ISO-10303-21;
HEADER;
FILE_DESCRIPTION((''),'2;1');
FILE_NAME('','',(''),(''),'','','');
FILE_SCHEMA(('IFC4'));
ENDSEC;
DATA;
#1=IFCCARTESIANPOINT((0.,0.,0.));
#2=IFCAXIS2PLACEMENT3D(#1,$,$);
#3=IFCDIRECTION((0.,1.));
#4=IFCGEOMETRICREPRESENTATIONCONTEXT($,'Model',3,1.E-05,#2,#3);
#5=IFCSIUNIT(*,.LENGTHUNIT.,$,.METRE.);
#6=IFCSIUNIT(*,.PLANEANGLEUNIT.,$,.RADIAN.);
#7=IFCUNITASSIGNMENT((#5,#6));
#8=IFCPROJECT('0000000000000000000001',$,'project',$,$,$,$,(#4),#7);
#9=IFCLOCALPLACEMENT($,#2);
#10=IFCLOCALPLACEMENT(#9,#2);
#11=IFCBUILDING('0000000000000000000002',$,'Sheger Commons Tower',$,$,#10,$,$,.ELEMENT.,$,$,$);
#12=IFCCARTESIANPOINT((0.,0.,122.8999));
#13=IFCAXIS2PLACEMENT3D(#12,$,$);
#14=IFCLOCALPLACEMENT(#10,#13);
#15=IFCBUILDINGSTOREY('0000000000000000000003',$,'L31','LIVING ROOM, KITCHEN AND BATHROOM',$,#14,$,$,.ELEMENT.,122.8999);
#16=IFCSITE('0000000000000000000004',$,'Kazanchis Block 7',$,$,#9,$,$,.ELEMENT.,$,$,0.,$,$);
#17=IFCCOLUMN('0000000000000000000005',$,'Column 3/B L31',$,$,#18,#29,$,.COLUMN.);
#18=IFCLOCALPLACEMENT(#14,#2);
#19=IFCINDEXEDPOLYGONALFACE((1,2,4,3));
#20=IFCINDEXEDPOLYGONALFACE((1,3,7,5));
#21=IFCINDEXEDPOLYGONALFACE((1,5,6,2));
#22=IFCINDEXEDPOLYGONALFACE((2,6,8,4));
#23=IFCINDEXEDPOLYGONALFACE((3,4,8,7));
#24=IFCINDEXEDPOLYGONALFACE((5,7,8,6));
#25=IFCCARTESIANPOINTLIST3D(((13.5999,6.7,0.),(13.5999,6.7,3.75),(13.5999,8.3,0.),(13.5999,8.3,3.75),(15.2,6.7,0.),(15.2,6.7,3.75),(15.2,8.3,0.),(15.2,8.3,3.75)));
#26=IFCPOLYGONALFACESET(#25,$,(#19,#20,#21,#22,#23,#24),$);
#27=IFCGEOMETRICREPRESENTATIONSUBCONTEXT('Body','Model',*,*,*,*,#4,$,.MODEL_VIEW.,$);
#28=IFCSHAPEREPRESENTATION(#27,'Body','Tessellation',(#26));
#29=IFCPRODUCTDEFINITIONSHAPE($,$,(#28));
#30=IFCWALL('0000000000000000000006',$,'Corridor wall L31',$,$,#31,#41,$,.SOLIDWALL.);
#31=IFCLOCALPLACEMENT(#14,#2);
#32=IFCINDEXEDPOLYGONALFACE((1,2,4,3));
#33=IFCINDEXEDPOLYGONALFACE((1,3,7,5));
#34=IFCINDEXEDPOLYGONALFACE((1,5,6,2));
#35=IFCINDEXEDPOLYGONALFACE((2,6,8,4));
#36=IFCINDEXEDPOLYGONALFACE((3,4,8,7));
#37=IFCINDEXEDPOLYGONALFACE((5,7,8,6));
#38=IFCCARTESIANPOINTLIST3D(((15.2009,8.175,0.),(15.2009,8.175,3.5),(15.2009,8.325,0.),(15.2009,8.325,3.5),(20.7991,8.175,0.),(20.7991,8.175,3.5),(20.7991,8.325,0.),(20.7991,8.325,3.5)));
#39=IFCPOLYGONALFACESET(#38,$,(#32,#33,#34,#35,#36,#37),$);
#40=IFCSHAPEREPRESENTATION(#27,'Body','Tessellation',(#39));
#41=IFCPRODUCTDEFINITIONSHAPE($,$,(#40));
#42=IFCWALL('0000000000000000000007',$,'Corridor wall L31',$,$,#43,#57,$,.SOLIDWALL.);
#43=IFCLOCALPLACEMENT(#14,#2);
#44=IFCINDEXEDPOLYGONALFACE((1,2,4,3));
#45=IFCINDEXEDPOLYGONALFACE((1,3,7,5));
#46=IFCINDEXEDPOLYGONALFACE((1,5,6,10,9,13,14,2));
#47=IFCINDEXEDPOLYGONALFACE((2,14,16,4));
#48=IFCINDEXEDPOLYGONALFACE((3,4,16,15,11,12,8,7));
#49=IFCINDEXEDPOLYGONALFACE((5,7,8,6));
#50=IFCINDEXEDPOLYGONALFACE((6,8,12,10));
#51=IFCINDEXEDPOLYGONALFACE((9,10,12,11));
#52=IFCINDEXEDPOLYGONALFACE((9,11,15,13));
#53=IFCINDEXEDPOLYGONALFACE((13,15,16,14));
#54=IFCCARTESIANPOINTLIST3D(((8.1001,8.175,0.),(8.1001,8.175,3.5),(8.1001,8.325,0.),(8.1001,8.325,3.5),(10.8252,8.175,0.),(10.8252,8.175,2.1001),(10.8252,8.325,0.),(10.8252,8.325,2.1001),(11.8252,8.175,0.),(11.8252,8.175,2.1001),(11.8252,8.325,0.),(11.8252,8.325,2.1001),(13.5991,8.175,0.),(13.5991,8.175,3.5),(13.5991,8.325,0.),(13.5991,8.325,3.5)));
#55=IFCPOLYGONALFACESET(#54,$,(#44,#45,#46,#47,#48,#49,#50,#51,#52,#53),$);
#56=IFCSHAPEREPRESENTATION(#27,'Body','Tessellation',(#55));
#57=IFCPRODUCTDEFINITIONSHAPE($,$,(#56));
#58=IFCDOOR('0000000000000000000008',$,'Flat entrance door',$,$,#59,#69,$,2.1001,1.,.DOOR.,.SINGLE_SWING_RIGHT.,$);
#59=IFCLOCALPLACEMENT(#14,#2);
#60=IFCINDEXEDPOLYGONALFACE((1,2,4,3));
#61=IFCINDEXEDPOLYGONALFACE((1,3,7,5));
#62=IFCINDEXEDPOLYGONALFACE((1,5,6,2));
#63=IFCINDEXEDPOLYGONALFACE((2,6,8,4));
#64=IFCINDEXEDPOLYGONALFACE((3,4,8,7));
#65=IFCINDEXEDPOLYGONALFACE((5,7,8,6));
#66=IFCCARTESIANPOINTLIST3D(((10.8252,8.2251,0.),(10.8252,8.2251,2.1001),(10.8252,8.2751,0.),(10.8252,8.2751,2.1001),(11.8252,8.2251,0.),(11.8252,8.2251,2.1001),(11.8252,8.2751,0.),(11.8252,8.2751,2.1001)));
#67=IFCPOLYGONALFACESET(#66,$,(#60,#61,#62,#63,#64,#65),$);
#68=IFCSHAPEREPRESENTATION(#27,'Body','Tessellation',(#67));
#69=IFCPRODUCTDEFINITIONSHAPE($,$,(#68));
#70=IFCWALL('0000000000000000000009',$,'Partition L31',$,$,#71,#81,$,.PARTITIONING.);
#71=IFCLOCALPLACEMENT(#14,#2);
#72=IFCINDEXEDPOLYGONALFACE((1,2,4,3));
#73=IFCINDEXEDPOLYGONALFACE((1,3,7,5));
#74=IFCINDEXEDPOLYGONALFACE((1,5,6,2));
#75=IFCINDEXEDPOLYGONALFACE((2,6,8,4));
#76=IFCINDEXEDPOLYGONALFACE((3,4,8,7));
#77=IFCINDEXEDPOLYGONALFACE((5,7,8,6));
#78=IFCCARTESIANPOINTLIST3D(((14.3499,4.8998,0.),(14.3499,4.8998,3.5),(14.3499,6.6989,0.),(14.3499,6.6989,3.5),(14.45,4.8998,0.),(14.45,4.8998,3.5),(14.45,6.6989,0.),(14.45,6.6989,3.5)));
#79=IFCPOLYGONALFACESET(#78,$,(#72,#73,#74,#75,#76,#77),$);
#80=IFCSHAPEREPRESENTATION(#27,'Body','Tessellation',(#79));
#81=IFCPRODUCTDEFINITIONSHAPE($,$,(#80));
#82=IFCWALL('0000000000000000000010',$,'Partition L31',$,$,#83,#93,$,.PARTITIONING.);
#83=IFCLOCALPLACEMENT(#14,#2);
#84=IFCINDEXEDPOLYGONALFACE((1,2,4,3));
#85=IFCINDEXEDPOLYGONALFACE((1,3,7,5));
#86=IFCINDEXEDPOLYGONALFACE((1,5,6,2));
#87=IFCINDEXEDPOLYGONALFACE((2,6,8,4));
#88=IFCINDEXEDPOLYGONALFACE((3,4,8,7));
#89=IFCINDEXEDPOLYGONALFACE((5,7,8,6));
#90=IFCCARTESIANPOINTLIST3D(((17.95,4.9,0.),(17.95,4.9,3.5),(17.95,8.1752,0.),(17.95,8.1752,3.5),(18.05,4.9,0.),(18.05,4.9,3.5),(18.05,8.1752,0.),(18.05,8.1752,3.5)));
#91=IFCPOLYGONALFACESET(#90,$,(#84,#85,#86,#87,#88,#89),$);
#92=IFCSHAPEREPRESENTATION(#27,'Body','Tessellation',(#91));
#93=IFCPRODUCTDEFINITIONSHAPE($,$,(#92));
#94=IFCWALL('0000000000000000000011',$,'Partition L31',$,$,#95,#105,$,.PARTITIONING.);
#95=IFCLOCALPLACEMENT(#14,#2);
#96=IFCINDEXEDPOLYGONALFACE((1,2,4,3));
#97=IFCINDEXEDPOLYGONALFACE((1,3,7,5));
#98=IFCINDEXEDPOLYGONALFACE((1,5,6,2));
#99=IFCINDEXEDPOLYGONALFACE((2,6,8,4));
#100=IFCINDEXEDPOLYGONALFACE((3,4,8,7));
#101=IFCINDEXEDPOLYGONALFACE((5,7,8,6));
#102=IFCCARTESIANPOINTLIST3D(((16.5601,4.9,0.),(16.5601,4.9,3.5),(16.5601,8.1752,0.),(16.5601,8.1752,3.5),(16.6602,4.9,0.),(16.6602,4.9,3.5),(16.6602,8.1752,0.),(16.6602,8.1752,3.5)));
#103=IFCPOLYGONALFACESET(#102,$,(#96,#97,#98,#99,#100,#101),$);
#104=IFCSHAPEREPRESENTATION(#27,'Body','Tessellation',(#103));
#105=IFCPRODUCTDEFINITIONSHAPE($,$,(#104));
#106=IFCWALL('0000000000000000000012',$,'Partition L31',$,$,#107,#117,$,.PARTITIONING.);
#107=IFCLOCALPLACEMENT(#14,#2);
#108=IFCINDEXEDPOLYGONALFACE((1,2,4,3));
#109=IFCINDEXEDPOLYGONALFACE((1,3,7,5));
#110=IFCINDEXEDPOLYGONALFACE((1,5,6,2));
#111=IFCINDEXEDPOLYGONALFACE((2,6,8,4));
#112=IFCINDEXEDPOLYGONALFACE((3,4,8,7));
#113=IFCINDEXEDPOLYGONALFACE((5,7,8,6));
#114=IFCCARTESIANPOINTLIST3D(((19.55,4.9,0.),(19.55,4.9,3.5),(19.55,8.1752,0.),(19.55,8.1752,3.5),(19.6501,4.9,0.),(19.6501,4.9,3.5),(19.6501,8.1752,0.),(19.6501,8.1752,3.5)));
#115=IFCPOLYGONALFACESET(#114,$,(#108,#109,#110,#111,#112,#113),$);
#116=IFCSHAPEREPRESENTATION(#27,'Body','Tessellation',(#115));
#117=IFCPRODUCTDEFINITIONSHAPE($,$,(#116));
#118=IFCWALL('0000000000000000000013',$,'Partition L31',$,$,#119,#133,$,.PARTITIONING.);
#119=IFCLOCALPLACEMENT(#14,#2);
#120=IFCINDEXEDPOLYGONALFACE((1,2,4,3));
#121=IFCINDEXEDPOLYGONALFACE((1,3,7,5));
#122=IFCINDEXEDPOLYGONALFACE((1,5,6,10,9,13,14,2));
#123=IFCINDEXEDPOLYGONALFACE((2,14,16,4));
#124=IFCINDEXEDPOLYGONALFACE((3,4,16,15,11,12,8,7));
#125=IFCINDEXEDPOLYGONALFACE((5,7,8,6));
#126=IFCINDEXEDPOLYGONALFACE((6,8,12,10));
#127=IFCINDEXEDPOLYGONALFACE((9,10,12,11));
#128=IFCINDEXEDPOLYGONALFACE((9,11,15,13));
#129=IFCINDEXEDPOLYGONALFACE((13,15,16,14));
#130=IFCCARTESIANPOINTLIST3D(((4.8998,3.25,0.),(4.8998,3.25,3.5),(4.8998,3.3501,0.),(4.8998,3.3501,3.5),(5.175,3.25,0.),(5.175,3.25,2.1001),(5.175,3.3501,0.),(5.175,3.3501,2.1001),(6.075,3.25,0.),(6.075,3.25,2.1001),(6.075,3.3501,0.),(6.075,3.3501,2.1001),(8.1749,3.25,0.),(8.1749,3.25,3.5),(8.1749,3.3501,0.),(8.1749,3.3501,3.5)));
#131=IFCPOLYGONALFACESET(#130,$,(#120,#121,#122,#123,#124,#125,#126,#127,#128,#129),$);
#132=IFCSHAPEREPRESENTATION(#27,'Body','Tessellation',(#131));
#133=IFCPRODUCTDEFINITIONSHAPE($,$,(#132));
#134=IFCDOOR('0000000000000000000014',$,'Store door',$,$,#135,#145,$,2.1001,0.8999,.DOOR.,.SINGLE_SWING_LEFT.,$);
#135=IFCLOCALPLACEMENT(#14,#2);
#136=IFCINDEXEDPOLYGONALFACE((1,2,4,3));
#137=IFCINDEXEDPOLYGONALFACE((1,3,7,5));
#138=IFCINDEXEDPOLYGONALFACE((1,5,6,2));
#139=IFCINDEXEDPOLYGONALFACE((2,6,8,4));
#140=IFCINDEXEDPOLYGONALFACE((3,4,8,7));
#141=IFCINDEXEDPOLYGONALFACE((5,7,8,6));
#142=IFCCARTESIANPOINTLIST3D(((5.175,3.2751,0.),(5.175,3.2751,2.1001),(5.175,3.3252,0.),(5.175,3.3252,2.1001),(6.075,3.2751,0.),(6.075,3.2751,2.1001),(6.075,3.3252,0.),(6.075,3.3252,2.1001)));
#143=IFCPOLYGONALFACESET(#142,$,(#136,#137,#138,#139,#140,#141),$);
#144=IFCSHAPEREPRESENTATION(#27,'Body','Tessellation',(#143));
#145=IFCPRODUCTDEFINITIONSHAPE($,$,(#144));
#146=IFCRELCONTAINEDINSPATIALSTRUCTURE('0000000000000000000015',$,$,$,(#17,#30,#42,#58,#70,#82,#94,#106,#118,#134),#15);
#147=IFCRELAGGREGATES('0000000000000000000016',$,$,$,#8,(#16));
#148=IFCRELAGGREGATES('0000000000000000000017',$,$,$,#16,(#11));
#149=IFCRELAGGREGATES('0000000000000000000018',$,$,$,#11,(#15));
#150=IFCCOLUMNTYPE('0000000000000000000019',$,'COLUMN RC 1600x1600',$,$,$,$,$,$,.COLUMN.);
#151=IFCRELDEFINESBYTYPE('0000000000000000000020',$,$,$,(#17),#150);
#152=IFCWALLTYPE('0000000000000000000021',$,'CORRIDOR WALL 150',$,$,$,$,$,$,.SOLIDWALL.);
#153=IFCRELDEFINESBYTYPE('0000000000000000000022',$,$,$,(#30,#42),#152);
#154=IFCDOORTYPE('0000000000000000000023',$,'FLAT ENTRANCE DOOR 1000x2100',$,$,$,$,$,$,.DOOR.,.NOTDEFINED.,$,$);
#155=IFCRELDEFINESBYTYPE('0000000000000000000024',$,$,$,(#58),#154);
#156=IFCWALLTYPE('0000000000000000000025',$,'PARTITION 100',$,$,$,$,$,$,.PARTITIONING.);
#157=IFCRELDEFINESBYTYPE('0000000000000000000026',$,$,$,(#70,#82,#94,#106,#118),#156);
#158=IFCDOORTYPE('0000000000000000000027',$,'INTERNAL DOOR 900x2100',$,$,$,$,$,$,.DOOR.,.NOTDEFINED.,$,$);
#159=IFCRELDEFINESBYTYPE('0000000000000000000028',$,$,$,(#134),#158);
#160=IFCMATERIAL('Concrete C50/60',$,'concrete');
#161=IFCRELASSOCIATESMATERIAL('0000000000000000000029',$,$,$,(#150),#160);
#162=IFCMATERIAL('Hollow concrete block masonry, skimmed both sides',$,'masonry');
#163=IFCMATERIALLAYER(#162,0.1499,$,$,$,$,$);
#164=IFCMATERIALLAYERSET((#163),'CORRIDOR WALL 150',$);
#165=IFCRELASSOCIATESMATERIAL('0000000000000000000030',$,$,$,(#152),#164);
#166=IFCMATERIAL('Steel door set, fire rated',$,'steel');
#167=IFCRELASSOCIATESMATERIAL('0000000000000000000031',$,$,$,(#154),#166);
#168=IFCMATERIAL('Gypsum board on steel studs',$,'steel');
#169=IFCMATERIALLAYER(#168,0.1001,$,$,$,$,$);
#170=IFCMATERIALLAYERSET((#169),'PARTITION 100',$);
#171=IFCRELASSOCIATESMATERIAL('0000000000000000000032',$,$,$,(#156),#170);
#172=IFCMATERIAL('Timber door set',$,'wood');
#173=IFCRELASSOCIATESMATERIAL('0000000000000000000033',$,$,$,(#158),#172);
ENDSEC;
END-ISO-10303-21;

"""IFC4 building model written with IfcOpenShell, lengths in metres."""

from ifc_helpers import new_model, si_unit, direction, frame, frame_2d, origin, origin_2d, place, context, subcontext, project, spatial, rectangle, extrude, material, layer, layer_set, material_profile, profile_set, type_object, element, fill, save


model = new_model("IFC4")

# Units and contexts
model_context = context("Model", 3, precision=1e-05, world=origin(), true_north=direction((0.0, 1.0)))
body_context = subcontext(model_context, "Body", "Model", "MODEL_VIEW")
ifc_project = project(units=[si_unit("LENGTHUNIT", "METRE"), si_unit("PLANEANGLEUNIT", "RADIAN")], contexts=[model_context])

# Site, building, storey
site_placement = place(None, origin())
site = spatial("IfcSite", under=ifc_project, at=site_placement, Name="Kazanchis Block 7", CompositionType="ELEMENT", RefElevation=0.0)
building_placement = place(site_placement, origin())
building = spatial("IfcBuilding", under=site, at=building_placement, Name="Sheger Commons Tower", CompositionType="ELEMENT")
storey_placement = place(building_placement, frame((0.0, 0.0, 122.8999)))
storey = spatial("IfcBuildingStorey", under=building, at=storey_placement, Name="L31", Description="LIVING ROOM, KITCHEN AND BATHROOM", CompositionType="ELEMENT", Elevation=122.8999)

# Column
ifc_material_1 = material(Name="Concrete C50/60", Category="concrete")
ifc_material_profile = material_profile(ifc_material_1, rectangle(XDim=1.6001, YDim=1.6001, at=origin_2d()), Name="RC 1600x1600")
ifc_profile_set = profile_set([ifc_material_profile], Name="Concrete C50/60")
column_type = type_object("IfcColumnType", Name="COLUMN RC 1600x1600", PredefinedType="COLUMN", material=ifc_profile_set)
column_placement = place(storey_placement, frame((14.3999, 7.5, 0.0), z_axis=(0.0, 0.0, 1.0), x_axis=(1.0, 0.0, 0.0)))
element("IfcColumn", 1, at=column_placement, inside=storey, type_object=column_type, Name="Column 3/B L31", PredefinedType="COLUMN", context=body_context, shape_type="SweptSolid", body=[
    extrude(rectangle(XDim=1.6001, YDim=1.6001, at=origin_2d()), origin(), (0.0, 0.0, 1.0), 3.75),
])

# Wall
ifc_material_2 = material(Name="Hollow concrete block masonry, skimmed both sides", Category="masonry")
ifc_layer_1 = layer(ifc_material_2, 0.1499)
ifc_layer_set_1 = layer_set([ifc_layer_1], Name="CORRIDOR WALL 150")
wall_type_1 = type_object("IfcWallType", Name="CORRIDOR WALL 150", PredefinedType="SOLIDWALL", material=ifc_layer_set_1)
wall_1_placement = place(storey_placement, frame((20.7991, 8.25, 0.0), z_axis=(0.0, 0.0, 1.0), x_axis=(-1.0, 0.0, 0.0)))
element("IfcWall", 2, at=wall_1_placement, inside=storey, type_object=wall_type_1, Name="Corridor wall L31", PredefinedType="SOLIDWALL", context=body_context, shape_type="SweptSolid", body=[
    extrude(rectangle(XDim=5.5981, YDim=0.1499, at=frame_2d((2.7991, 0.0))), origin(), (0.0, 0.0, 1.0), 3.5),
])

# Wall, opening, door
wall_2_placement = place(storey_placement, frame((13.5991, 8.25, 0.0), z_axis=(0.0, 0.0, 1.0), x_axis=(-1.0, 0.0, 0.0)))
wall_2 = element("IfcWall", 3, at=wall_2_placement, inside=storey, type_object=wall_type_1, Name="Corridor wall L31", PredefinedType="SOLIDWALL", context=body_context, shape_type="SweptSolid", body=[
    extrude(rectangle(XDim=5.499, YDim=0.1499, at=frame_2d((2.7495, 0.0))), origin(), (0.0, 0.0, 1.0), 3.5),
])
opening_1_placement = place(wall_2_placement, frame((1.7739, 0.0, 0.0)))
opening_1 = element("IfcOpeningElement", 4, at=opening_1_placement, cuts=wall_2, PredefinedType="OPENING", context=body_context, shape_type="SweptSolid", body=[
    extrude(rectangle(XDim=1.0, YDim=2.1001, at=frame_2d((0.5, 1.05))), frame((0.0, 0.085, 0.0), z_axis=(0.0, -1.0, 0.0), x_axis=(1.0, 0.0, 0.0)), (0.0, 0.0, 1.0), 0.1699),
])
ifc_material_3 = material(Name="Steel door set, fire rated", Category="steel")
door_type_1 = type_object("IfcDoorType", Name="FLAT ENTRANCE DOOR 1000x2100", OperationType="NOTDEFINED", PredefinedType="DOOR", material=ifc_material_3)
door_1_placement = place(opening_1_placement, origin())
door_1 = element("IfcDoor", 5, at=door_1_placement, inside=storey, type_object=door_type_1, Name="Flat entrance door", OperationType="SINGLE_SWING_RIGHT", OverallHeight=2.1001, OverallWidth=1.0, PredefinedType="DOOR", context=body_context, shape_type="SweptSolid", body=[
    extrude(rectangle(XDim=1.0, YDim=2.1001, at=frame_2d((0.5, 1.05))), frame((0.0, 0.0249, 0.0), z_axis=(0.0, -1.0, 0.0), x_axis=(1.0, 0.0, 0.0)), (0.0, 0.0, 1.0), 0.05),
])
fill(opening_1, door_1)

# Walls
ifc_material_4 = material(Name="Gypsum board on steel studs", Category="steel")
ifc_layer_2 = layer(ifc_material_4, 0.1001)
ifc_layer_set_2 = layer_set([ifc_layer_2], Name="PARTITION 100")
wall_type_2 = type_object("IfcWallType", Name="PARTITION 100", PredefinedType="PARTITIONING", material=ifc_layer_set_2)
wall_3_placement = place(storey_placement, frame((14.3999, 4.8999, 0.0), z_axis=(0.0, 0.0, 1.0), x_axis=(0.0, 1.0, 0.0)))
element("IfcWall", 6, at=wall_3_placement, inside=storey, type_object=wall_type_2, Name="Partition L31", PredefinedType="PARTITIONING", context=body_context, shape_type="SweptSolid", body=[
    extrude(rectangle(XDim=1.7991, YDim=0.1001, at=frame_2d((0.8994, 0.0))), origin(), (0.0, 0.0, 1.0), 3.5),
])
for number, where, z_axis, x_axis, name in (
    (7, (18.0, 4.8999, 0.0), (0.0, 0.0, 1.0), (0.0, 1.0, 0.0), "Partition L31"),
    (8, (16.6101, 4.8999, 0.0), (0.0, 0.0, 1.0), (0.0, 1.0, 0.0), "Partition L31"),
    (9, (19.6001, 4.8999, 0.0), (0.0, 0.0, 1.0), (0.0, 1.0, 0.0), "Partition L31"),
):
    element("IfcWall", number, at=place(storey_placement, frame(where, z_axis=z_axis, x_axis=x_axis)), inside=storey, type_object=wall_type_2, Name=name, PredefinedType="PARTITIONING", context=body_context, shape_type="SweptSolid", body=[
        extrude(rectangle(XDim=3.2751, YDim=0.1001, at=frame_2d((1.6377, 0.0))), origin(), (0.0, 0.0, 1.0), 3.5),
    ])

# Wall, opening, door
wall_4_placement = place(storey_placement, frame((8.175, 3.3, 0.0), z_axis=(0.0, 0.0, 1.0), x_axis=(-1.0, 0.0, 0.0)))
wall_4 = element("IfcWall", 10, at=wall_4_placement, inside=storey, type_object=wall_type_2, Name="Partition L31", PredefinedType="PARTITIONING", context=body_context, shape_type="SweptSolid", body=[
    extrude(rectangle(XDim=3.2751, YDim=0.1001, at=frame_2d((1.6377, 0.0))), origin(), (0.0, 0.0, 1.0), 3.5),
])
opening_2_placement = place(wall_4_placement, frame((2.1001, 0.0, 0.0)))
opening_2 = element("IfcOpeningElement", 11, at=opening_2_placement, cuts=wall_4, PredefinedType="OPENING", context=body_context, shape_type="SweptSolid", body=[
    extrude(rectangle(XDim=0.8999, YDim=2.1001, at=frame_2d((0.45, 1.05))), frame((0.0, 0.0601, 0.0), z_axis=(0.0, -1.0, 0.0), x_axis=(1.0, 0.0, 0.0)), (0.0, 0.0, 1.0), 0.1201),
])
ifc_material_5 = material(Name="Timber door set", Category="wood")
door_type_2 = type_object("IfcDoorType", Name="INTERNAL DOOR 900x2100", OperationType="NOTDEFINED", PredefinedType="DOOR", material=ifc_material_5)
door_2_placement = place(opening_2_placement, origin())
door_2 = element("IfcDoor", 12, at=door_2_placement, inside=storey, type_object=door_type_2, Name="Store door", OperationType="SINGLE_SWING_LEFT", OverallHeight=2.1001, OverallWidth=0.8999, PredefinedType="DOOR", context=body_context, shape_type="SweptSolid", body=[
    extrude(rectangle(XDim=0.8999, YDim=2.1001, at=frame_2d((0.45, 1.05))), frame((0.0, 0.0249, 0.0), z_axis=(0.0, -1.0, 0.0), x_axis=(1.0, 0.0, 0.0)), (0.0, 0.0, 1.0), 0.05),
])
fill(opening_2, door_2)

save(model, "model.ifc")
